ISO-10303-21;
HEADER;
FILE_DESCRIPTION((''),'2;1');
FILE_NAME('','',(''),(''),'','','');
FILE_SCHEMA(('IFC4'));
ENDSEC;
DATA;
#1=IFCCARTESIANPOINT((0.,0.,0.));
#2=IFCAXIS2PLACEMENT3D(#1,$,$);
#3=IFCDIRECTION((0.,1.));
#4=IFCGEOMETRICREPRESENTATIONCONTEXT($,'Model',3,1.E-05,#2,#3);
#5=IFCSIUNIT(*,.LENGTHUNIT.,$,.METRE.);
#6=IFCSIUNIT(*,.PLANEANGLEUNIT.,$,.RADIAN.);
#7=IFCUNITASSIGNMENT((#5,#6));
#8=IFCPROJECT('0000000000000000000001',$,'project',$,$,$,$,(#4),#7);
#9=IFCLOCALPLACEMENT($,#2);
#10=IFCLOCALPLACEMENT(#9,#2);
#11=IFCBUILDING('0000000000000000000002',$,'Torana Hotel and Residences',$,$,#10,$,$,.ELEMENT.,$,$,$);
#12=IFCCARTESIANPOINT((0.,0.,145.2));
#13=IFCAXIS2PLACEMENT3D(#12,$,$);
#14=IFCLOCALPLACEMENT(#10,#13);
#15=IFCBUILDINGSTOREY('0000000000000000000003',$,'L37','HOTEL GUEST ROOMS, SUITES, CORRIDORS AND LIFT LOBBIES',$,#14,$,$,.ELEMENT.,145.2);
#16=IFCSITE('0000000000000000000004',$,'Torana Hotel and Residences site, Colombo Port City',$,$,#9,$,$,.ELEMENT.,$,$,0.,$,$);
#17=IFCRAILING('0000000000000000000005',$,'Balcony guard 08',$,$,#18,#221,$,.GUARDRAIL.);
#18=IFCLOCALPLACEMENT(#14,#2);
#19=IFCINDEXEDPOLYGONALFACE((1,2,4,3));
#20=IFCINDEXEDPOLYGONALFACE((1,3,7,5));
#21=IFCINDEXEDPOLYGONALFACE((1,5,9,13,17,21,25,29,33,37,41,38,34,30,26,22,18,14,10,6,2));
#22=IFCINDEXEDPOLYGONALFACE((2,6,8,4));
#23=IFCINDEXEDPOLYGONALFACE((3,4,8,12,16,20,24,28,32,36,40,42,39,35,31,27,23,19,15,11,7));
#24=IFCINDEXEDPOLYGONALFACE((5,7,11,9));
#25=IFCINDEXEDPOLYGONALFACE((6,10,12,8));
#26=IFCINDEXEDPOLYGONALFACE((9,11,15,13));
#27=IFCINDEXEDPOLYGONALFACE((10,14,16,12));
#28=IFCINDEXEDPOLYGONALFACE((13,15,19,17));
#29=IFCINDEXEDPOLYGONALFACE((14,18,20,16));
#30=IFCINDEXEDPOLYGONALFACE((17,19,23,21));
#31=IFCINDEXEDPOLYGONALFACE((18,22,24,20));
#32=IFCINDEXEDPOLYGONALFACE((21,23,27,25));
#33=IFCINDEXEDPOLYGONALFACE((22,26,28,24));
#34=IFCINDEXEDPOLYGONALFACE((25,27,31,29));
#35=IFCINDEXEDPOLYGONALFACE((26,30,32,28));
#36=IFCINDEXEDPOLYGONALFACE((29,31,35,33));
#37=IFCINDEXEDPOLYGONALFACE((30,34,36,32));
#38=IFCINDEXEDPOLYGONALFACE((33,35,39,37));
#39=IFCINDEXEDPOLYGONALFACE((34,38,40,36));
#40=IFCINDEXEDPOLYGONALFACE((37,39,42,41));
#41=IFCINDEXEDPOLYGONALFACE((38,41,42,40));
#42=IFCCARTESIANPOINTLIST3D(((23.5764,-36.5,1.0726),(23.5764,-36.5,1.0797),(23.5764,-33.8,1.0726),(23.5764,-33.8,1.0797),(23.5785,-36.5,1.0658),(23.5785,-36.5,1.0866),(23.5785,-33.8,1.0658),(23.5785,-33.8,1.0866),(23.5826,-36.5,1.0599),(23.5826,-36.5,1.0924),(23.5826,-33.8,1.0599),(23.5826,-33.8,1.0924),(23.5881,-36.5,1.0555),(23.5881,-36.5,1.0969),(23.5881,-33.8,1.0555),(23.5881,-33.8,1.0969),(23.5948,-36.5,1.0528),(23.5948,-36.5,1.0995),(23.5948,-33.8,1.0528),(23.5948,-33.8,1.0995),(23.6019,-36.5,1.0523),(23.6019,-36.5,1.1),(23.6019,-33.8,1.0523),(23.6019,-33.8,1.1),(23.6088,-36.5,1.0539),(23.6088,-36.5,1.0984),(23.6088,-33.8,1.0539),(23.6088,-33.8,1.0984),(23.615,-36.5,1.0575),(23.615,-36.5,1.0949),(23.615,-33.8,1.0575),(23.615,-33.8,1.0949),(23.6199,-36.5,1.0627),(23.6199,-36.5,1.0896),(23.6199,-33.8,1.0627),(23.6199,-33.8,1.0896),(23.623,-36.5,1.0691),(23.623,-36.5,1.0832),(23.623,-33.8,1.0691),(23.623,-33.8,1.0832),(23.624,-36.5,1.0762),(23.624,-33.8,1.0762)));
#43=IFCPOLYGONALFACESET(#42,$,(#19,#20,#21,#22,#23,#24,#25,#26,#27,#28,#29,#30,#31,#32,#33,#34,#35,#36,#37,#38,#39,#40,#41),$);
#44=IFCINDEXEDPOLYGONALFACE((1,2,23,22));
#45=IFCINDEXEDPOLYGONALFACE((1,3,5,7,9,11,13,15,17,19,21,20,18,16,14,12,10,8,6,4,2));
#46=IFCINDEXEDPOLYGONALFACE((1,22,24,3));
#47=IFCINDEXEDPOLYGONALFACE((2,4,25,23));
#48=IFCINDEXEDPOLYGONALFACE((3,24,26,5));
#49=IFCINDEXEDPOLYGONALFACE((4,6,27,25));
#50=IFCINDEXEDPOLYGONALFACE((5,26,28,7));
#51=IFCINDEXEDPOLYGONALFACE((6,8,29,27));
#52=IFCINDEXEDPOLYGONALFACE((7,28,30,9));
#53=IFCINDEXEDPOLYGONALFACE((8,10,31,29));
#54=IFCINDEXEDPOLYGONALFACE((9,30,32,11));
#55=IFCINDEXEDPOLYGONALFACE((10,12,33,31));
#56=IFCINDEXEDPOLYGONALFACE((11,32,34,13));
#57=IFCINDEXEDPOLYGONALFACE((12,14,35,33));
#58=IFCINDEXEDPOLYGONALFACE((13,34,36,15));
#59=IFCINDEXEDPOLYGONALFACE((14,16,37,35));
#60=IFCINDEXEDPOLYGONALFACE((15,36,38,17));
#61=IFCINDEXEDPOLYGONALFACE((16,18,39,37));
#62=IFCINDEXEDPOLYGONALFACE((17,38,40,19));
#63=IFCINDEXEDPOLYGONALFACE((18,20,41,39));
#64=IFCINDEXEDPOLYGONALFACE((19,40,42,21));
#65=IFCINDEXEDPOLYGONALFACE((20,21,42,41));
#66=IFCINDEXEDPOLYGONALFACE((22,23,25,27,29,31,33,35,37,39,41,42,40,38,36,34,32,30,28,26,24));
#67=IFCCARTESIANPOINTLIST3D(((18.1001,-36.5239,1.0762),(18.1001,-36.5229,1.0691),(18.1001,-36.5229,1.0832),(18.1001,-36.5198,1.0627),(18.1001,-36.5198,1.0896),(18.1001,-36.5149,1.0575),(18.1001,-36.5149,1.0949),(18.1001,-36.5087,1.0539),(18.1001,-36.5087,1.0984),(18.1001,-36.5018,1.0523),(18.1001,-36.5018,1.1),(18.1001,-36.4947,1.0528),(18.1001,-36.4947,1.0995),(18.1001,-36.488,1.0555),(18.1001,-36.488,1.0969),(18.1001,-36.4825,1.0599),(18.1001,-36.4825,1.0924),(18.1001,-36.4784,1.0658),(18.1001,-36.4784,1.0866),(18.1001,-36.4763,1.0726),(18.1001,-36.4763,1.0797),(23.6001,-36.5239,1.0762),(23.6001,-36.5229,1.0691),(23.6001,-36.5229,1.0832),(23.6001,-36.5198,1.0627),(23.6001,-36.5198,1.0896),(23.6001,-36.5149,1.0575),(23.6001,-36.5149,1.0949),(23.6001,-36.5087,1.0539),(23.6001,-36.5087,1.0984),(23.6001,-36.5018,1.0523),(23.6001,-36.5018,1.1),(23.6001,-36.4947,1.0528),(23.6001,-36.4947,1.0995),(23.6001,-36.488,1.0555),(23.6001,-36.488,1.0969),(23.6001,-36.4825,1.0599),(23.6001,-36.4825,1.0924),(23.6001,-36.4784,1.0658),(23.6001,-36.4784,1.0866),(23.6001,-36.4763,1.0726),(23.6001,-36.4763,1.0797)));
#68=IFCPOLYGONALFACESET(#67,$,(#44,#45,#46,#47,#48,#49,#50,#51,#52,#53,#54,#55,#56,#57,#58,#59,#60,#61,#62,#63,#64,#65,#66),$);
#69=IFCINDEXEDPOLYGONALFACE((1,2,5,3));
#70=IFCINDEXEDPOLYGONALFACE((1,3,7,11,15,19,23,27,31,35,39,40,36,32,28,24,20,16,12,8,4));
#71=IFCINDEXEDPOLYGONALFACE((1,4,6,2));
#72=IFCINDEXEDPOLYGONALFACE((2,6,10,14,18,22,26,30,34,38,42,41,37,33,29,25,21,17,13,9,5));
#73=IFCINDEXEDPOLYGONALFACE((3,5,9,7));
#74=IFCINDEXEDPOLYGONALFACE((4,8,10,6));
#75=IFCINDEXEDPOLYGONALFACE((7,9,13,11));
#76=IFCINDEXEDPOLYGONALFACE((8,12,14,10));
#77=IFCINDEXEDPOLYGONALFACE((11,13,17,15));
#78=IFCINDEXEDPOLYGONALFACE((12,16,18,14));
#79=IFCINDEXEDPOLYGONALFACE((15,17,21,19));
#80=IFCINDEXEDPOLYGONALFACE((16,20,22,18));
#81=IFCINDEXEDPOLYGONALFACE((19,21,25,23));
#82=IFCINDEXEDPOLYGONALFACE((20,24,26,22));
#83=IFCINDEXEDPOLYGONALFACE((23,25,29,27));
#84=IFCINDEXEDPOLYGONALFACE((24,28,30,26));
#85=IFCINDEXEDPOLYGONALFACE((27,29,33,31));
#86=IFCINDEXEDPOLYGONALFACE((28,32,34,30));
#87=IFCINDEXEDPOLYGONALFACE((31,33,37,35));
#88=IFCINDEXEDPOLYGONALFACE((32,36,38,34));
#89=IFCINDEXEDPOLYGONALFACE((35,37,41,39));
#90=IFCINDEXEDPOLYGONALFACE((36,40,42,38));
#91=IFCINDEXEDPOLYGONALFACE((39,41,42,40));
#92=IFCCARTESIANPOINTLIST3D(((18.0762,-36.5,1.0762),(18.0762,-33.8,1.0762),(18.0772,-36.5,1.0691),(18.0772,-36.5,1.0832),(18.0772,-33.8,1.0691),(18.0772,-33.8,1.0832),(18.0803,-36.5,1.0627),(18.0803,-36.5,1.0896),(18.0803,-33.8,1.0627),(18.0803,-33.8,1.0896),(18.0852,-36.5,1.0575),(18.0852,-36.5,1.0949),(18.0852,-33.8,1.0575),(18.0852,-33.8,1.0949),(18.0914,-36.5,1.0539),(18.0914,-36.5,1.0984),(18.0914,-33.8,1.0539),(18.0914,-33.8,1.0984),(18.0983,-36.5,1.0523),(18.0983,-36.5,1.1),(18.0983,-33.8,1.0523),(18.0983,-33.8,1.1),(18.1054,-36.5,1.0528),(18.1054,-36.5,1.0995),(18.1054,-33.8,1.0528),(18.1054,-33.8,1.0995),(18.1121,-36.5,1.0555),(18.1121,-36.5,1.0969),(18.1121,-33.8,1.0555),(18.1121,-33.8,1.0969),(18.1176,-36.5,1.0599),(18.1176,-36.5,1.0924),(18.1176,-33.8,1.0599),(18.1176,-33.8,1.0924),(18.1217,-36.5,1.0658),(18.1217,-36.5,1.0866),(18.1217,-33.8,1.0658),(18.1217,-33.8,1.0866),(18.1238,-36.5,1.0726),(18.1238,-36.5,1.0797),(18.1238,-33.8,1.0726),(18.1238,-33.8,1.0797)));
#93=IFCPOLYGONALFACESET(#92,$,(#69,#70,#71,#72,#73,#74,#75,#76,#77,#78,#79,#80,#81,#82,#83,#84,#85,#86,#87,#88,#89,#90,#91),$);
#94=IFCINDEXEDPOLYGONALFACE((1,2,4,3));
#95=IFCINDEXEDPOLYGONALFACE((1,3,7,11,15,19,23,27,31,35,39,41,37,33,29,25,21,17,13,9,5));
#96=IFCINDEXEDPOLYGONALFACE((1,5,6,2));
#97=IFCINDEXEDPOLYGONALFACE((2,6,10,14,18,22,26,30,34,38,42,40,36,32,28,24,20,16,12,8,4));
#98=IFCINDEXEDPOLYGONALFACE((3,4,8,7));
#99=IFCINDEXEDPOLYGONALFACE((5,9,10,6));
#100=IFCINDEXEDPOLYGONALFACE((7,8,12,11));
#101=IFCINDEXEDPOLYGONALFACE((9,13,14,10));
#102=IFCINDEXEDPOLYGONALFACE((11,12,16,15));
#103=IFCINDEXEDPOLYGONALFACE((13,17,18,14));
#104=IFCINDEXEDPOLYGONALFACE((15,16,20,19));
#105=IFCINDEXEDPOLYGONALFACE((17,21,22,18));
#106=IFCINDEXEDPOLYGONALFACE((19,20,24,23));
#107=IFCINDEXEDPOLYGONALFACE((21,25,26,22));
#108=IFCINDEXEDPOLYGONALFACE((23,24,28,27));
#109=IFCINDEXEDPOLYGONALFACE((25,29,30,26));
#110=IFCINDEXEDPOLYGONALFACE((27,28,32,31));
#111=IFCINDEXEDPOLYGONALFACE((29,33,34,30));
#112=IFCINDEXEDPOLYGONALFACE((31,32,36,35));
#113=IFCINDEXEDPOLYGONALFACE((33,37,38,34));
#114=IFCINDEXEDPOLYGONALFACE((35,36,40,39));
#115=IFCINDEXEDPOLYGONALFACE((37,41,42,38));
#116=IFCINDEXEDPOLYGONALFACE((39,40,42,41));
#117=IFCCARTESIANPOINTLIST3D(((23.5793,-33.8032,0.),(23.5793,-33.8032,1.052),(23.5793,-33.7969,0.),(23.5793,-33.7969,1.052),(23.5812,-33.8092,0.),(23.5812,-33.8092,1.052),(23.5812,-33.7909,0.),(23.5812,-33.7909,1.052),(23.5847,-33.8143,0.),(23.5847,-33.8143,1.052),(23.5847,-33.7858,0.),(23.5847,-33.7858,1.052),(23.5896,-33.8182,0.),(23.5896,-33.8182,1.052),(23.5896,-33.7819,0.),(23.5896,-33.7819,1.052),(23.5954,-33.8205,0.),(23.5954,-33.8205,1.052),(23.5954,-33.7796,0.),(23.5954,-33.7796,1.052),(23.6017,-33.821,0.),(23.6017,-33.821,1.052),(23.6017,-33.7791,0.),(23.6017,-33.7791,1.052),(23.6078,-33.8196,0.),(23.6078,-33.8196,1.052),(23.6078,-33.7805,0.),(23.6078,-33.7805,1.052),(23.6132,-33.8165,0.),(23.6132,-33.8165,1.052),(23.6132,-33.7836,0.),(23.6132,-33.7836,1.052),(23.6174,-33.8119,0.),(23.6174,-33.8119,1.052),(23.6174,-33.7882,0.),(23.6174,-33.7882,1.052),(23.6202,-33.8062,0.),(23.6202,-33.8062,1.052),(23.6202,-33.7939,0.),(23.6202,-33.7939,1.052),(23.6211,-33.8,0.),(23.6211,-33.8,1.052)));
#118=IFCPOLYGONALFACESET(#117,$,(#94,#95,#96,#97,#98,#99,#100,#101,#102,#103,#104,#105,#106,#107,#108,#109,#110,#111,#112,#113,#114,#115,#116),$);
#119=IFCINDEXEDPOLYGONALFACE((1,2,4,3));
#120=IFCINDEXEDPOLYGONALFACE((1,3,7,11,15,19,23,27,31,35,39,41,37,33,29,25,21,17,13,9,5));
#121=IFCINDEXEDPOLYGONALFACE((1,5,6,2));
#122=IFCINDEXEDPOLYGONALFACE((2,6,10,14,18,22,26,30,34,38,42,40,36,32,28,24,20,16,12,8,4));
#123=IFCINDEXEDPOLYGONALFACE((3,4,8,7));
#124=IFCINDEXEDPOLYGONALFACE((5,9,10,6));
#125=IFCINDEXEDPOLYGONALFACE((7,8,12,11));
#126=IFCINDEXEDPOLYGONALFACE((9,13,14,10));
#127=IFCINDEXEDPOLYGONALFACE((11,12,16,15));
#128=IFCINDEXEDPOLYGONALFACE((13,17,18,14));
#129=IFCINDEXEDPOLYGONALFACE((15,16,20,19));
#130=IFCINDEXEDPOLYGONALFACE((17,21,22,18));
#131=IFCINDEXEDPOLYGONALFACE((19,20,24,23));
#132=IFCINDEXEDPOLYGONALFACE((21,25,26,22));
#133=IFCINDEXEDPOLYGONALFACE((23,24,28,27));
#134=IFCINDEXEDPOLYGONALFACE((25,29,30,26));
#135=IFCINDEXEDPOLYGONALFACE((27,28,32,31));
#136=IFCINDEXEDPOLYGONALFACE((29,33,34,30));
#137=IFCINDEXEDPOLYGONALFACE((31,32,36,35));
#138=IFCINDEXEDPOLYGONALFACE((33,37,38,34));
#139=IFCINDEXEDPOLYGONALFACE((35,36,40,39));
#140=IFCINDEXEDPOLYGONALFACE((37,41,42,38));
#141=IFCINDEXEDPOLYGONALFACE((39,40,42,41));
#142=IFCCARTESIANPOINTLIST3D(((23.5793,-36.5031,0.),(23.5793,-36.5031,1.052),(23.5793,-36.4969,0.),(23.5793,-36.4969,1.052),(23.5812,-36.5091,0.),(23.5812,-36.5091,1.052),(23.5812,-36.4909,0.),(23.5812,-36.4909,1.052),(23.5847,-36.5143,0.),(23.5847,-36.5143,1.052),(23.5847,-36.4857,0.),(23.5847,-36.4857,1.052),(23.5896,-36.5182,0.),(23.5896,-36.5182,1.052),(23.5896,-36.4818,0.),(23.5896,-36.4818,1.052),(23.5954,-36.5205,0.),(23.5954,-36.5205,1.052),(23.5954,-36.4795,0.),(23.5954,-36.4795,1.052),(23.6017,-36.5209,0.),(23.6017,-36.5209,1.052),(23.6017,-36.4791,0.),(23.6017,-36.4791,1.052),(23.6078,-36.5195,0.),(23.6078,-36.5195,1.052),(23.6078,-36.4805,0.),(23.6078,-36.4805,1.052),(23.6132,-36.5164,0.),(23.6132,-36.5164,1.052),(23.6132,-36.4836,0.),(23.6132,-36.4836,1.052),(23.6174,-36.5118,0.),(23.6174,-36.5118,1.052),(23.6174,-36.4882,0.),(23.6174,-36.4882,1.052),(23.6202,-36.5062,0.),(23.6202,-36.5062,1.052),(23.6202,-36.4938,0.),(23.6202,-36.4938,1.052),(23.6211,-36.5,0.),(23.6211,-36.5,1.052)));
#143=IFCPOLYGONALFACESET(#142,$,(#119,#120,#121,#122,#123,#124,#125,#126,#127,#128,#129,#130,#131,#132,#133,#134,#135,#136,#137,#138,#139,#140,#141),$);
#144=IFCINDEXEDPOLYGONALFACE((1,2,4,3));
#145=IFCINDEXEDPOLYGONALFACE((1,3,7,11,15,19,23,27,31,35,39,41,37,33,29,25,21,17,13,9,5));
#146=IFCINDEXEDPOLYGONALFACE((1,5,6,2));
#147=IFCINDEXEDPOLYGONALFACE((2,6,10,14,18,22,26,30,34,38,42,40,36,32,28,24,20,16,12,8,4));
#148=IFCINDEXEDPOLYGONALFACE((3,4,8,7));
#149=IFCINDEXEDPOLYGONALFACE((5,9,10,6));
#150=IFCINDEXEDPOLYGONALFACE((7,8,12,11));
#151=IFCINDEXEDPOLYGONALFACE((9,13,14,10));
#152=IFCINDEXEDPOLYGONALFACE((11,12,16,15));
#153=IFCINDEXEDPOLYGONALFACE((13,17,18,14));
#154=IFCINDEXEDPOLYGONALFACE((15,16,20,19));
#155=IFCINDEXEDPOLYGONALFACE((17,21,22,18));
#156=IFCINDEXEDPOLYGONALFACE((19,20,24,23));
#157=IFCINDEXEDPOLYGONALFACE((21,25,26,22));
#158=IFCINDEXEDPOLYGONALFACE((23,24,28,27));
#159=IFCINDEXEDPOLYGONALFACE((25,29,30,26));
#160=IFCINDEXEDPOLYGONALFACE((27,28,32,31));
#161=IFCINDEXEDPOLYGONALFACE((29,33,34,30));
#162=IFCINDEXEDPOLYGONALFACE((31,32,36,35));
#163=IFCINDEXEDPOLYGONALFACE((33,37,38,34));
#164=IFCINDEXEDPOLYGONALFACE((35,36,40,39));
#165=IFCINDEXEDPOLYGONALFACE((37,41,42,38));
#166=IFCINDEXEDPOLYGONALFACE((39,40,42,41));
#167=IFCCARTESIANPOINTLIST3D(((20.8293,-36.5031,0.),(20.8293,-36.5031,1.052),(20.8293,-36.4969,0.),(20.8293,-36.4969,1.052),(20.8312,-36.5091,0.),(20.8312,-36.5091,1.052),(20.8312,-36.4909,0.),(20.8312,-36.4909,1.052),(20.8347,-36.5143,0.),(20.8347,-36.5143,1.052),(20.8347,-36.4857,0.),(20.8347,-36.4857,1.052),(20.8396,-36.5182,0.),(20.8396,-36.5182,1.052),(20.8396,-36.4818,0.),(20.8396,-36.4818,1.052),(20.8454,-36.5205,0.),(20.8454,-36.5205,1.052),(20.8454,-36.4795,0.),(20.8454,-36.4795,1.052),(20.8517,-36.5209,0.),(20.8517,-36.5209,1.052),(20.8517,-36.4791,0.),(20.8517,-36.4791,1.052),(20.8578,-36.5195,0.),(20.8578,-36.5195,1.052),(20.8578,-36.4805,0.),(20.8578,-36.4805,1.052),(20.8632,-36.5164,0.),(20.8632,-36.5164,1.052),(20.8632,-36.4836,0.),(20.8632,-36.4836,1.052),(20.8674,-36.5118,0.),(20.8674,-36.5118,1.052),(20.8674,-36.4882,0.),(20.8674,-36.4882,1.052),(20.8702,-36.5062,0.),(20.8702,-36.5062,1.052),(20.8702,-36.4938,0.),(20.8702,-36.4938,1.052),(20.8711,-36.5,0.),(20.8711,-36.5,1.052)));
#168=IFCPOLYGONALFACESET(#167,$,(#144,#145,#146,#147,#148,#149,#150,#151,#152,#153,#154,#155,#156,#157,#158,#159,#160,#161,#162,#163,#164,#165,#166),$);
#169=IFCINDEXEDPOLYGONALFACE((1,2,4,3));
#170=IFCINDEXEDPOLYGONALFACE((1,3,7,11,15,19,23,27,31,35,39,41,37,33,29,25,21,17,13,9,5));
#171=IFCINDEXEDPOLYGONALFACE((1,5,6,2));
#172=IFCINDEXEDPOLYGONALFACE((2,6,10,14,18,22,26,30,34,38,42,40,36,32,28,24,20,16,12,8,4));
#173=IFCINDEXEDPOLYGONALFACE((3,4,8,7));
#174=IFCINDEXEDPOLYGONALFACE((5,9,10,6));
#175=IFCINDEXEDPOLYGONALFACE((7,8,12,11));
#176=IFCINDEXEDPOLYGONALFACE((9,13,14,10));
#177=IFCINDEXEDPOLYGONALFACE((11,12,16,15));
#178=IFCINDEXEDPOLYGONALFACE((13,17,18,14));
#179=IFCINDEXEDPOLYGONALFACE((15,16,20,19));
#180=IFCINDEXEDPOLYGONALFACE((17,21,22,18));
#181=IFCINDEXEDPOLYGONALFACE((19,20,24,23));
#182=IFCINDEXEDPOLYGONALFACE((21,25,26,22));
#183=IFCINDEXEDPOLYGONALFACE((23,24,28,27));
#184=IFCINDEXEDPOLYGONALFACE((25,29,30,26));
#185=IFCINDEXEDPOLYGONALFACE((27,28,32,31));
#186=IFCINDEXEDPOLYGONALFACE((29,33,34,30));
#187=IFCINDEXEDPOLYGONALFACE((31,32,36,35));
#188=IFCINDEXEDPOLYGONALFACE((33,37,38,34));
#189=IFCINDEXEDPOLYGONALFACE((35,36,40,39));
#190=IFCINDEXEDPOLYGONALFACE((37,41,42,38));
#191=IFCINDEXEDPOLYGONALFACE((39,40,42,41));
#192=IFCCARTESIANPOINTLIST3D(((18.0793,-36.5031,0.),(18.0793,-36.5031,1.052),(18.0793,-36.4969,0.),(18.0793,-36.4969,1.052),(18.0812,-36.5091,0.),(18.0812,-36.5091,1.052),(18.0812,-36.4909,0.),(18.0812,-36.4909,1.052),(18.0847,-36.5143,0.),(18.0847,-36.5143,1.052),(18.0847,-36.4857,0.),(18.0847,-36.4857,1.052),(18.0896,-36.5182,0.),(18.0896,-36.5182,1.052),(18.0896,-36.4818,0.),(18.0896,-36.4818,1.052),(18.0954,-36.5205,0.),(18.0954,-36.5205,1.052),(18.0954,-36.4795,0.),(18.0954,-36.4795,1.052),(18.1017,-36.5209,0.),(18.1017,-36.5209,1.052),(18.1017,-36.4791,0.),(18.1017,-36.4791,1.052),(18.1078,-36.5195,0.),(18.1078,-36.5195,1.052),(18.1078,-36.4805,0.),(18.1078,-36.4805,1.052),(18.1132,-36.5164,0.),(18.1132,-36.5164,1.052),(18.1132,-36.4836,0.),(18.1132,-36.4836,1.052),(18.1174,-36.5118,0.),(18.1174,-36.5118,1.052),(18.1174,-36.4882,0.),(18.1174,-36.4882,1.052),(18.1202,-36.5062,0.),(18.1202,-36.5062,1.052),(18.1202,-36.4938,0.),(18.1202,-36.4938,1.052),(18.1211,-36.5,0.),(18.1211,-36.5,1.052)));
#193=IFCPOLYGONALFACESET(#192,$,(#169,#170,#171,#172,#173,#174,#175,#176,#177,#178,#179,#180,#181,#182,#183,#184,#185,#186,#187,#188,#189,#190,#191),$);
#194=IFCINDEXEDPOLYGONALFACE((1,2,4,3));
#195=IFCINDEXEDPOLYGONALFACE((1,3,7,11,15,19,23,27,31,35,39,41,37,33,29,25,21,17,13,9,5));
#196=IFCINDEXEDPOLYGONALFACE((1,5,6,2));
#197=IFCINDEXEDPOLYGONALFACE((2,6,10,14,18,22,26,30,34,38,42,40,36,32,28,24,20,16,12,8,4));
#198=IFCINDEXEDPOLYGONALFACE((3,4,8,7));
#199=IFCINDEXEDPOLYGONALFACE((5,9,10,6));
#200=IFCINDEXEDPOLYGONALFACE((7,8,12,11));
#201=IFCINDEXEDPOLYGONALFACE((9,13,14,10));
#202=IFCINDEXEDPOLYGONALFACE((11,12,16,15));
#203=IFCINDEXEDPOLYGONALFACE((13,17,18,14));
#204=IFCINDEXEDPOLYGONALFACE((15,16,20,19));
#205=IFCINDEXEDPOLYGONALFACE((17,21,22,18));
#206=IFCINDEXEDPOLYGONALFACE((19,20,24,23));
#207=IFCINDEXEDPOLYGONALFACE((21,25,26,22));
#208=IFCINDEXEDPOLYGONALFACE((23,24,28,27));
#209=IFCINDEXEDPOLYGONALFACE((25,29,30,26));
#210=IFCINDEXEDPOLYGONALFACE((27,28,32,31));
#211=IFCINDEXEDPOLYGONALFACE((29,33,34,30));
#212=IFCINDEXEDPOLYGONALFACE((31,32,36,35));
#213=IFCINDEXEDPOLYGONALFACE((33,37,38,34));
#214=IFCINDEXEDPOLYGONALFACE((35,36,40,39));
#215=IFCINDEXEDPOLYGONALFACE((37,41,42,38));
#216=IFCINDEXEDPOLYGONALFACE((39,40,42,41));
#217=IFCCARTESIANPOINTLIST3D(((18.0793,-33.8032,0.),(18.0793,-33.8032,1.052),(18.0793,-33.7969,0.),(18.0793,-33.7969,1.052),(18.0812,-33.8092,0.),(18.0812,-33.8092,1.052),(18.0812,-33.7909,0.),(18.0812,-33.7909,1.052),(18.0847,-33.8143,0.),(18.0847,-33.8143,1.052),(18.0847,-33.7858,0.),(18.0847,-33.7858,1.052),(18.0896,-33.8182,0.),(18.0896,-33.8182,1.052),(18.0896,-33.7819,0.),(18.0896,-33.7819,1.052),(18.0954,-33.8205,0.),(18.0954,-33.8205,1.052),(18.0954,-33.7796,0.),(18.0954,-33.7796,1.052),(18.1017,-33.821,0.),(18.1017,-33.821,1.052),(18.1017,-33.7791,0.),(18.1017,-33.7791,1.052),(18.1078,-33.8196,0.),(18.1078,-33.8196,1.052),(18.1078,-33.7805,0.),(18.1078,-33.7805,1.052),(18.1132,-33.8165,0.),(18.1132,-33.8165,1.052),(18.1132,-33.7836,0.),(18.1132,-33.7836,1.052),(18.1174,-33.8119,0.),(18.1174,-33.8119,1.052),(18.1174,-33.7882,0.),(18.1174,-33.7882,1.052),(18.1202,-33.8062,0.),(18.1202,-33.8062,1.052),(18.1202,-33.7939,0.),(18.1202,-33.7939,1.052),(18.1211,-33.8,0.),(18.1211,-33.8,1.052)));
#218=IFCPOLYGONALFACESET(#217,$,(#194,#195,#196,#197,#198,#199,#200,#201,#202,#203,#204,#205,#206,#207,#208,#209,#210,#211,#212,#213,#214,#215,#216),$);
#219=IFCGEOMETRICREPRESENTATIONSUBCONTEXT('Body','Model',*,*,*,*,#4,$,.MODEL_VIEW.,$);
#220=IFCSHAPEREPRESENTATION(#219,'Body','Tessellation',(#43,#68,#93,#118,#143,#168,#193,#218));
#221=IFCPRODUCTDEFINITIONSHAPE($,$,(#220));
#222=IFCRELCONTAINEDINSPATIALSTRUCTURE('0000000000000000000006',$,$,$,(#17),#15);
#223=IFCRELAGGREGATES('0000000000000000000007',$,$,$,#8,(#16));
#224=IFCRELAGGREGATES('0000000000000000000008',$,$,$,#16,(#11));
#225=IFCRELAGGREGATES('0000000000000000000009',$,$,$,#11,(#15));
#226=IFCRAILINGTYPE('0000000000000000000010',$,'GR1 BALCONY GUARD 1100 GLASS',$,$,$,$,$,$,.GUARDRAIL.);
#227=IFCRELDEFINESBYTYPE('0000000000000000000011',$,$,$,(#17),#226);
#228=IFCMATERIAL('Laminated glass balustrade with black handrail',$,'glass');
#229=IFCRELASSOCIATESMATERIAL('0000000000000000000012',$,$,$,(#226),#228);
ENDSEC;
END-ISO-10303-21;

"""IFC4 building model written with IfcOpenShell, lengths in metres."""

from ifc_helpers import new_model, si_unit, direction, frame, origin, origin_2d, place, context, subcontext, project, spatial, circle, extrude, material, type_object, element, save


model = new_model("IFC4")

# Units and contexts
model_context = context("Model", 3, precision=1e-05, world=origin(), true_north=direction((0.0, 1.0)))
body_context = subcontext(model_context, "Body", "Model", "MODEL_VIEW")
ifc_project = project(units=[si_unit("LENGTHUNIT", "METRE"), si_unit("PLANEANGLEUNIT", "RADIAN")], contexts=[model_context])

# Site, building, storey
site_placement = place(None, origin())
site = spatial("IfcSite", under=ifc_project, at=site_placement, Name="Torana Hotel and Residences site, Colombo Port City", CompositionType="ELEMENT", RefElevation=0.0)
building_placement = place(site_placement, origin())
building = spatial("IfcBuilding", under=site, at=building_placement, Name="Torana Hotel and Residences", CompositionType="ELEMENT")
storey_placement = place(building_placement, frame((0.0, 0.0, 145.2)))
storey = spatial("IfcBuildingStorey", under=building, at=storey_placement, Name="L37", Description="HOTEL GUEST ROOMS, SUITES, CORRIDORS AND LIFT LOBBIES", CompositionType="ELEMENT", Elevation=145.2)

# Railing
ifc_material_1 = material(Name="Laminated glass balustrade with black handrail", Category="glass")
railing_type = type_object("IfcRailingType", Name="GR1 BALCONY GUARD 1100 GLASS", PredefinedType="GUARDRAIL", material=ifc_material_1)
railing_1_placement = place(storey_placement, frame((23.6001, -33.8, 0.0)))
element("IfcRailing", 1, at=railing_1_placement, inside=storey, type_object=railing_type, Name="Balcony guard 08", PredefinedType="GUARDRAIL", context=body_context, shape_type="SweptSolid", body=[
    extrude(circle(Radius=0.0239, at=origin_2d()), frame((0.0, 0.0, 1.0762), z_axis=(0.0, -1.0, 0.0), x_axis=(1.0, 0.0, 0.0)), (0.0, 0.0, 1.0), 2.7),
    extrude(circle(Radius=0.0239, at=origin_2d()), frame((0.0, -2.7, 1.0762), z_axis=(-1.0, 0.0, 0.0), x_axis=(0.0, -1.0, 0.0)), (0.0, 0.0, 1.0), 5.5),
    extrude(circle(Radius=0.0239, at=origin_2d()), frame((-5.5, -2.7, 1.0762), z_axis=(0.0, 1.0, 0.0), x_axis=(-1.0, 0.0, 0.0)), (0.0, 0.0, 1.0), 2.7),
    extrude(circle(Radius=0.021, at=origin_2d()), origin(), (0.0, 0.0, 1.0), 1.052),
    extrude(circle(Radius=0.021, at=origin_2d()), frame((0.0, -2.7, 0.0)), (0.0, 0.0, 1.0), 1.052),
    extrude(circle(Radius=0.021, at=origin_2d()), frame((-2.75, -2.7, 0.0)), (0.0, 0.0, 1.0), 1.052),
    extrude(circle(Radius=0.021, at=origin_2d()), frame((-5.5, -2.7, 0.0)), (0.0, 0.0, 1.0), 1.052),
    extrude(circle(Radius=0.021, at=origin_2d()), frame((-5.5, 0.0, 0.0)), (0.0, 0.0, 1.0), 1.052),
])

save(model, "model.ifc")
